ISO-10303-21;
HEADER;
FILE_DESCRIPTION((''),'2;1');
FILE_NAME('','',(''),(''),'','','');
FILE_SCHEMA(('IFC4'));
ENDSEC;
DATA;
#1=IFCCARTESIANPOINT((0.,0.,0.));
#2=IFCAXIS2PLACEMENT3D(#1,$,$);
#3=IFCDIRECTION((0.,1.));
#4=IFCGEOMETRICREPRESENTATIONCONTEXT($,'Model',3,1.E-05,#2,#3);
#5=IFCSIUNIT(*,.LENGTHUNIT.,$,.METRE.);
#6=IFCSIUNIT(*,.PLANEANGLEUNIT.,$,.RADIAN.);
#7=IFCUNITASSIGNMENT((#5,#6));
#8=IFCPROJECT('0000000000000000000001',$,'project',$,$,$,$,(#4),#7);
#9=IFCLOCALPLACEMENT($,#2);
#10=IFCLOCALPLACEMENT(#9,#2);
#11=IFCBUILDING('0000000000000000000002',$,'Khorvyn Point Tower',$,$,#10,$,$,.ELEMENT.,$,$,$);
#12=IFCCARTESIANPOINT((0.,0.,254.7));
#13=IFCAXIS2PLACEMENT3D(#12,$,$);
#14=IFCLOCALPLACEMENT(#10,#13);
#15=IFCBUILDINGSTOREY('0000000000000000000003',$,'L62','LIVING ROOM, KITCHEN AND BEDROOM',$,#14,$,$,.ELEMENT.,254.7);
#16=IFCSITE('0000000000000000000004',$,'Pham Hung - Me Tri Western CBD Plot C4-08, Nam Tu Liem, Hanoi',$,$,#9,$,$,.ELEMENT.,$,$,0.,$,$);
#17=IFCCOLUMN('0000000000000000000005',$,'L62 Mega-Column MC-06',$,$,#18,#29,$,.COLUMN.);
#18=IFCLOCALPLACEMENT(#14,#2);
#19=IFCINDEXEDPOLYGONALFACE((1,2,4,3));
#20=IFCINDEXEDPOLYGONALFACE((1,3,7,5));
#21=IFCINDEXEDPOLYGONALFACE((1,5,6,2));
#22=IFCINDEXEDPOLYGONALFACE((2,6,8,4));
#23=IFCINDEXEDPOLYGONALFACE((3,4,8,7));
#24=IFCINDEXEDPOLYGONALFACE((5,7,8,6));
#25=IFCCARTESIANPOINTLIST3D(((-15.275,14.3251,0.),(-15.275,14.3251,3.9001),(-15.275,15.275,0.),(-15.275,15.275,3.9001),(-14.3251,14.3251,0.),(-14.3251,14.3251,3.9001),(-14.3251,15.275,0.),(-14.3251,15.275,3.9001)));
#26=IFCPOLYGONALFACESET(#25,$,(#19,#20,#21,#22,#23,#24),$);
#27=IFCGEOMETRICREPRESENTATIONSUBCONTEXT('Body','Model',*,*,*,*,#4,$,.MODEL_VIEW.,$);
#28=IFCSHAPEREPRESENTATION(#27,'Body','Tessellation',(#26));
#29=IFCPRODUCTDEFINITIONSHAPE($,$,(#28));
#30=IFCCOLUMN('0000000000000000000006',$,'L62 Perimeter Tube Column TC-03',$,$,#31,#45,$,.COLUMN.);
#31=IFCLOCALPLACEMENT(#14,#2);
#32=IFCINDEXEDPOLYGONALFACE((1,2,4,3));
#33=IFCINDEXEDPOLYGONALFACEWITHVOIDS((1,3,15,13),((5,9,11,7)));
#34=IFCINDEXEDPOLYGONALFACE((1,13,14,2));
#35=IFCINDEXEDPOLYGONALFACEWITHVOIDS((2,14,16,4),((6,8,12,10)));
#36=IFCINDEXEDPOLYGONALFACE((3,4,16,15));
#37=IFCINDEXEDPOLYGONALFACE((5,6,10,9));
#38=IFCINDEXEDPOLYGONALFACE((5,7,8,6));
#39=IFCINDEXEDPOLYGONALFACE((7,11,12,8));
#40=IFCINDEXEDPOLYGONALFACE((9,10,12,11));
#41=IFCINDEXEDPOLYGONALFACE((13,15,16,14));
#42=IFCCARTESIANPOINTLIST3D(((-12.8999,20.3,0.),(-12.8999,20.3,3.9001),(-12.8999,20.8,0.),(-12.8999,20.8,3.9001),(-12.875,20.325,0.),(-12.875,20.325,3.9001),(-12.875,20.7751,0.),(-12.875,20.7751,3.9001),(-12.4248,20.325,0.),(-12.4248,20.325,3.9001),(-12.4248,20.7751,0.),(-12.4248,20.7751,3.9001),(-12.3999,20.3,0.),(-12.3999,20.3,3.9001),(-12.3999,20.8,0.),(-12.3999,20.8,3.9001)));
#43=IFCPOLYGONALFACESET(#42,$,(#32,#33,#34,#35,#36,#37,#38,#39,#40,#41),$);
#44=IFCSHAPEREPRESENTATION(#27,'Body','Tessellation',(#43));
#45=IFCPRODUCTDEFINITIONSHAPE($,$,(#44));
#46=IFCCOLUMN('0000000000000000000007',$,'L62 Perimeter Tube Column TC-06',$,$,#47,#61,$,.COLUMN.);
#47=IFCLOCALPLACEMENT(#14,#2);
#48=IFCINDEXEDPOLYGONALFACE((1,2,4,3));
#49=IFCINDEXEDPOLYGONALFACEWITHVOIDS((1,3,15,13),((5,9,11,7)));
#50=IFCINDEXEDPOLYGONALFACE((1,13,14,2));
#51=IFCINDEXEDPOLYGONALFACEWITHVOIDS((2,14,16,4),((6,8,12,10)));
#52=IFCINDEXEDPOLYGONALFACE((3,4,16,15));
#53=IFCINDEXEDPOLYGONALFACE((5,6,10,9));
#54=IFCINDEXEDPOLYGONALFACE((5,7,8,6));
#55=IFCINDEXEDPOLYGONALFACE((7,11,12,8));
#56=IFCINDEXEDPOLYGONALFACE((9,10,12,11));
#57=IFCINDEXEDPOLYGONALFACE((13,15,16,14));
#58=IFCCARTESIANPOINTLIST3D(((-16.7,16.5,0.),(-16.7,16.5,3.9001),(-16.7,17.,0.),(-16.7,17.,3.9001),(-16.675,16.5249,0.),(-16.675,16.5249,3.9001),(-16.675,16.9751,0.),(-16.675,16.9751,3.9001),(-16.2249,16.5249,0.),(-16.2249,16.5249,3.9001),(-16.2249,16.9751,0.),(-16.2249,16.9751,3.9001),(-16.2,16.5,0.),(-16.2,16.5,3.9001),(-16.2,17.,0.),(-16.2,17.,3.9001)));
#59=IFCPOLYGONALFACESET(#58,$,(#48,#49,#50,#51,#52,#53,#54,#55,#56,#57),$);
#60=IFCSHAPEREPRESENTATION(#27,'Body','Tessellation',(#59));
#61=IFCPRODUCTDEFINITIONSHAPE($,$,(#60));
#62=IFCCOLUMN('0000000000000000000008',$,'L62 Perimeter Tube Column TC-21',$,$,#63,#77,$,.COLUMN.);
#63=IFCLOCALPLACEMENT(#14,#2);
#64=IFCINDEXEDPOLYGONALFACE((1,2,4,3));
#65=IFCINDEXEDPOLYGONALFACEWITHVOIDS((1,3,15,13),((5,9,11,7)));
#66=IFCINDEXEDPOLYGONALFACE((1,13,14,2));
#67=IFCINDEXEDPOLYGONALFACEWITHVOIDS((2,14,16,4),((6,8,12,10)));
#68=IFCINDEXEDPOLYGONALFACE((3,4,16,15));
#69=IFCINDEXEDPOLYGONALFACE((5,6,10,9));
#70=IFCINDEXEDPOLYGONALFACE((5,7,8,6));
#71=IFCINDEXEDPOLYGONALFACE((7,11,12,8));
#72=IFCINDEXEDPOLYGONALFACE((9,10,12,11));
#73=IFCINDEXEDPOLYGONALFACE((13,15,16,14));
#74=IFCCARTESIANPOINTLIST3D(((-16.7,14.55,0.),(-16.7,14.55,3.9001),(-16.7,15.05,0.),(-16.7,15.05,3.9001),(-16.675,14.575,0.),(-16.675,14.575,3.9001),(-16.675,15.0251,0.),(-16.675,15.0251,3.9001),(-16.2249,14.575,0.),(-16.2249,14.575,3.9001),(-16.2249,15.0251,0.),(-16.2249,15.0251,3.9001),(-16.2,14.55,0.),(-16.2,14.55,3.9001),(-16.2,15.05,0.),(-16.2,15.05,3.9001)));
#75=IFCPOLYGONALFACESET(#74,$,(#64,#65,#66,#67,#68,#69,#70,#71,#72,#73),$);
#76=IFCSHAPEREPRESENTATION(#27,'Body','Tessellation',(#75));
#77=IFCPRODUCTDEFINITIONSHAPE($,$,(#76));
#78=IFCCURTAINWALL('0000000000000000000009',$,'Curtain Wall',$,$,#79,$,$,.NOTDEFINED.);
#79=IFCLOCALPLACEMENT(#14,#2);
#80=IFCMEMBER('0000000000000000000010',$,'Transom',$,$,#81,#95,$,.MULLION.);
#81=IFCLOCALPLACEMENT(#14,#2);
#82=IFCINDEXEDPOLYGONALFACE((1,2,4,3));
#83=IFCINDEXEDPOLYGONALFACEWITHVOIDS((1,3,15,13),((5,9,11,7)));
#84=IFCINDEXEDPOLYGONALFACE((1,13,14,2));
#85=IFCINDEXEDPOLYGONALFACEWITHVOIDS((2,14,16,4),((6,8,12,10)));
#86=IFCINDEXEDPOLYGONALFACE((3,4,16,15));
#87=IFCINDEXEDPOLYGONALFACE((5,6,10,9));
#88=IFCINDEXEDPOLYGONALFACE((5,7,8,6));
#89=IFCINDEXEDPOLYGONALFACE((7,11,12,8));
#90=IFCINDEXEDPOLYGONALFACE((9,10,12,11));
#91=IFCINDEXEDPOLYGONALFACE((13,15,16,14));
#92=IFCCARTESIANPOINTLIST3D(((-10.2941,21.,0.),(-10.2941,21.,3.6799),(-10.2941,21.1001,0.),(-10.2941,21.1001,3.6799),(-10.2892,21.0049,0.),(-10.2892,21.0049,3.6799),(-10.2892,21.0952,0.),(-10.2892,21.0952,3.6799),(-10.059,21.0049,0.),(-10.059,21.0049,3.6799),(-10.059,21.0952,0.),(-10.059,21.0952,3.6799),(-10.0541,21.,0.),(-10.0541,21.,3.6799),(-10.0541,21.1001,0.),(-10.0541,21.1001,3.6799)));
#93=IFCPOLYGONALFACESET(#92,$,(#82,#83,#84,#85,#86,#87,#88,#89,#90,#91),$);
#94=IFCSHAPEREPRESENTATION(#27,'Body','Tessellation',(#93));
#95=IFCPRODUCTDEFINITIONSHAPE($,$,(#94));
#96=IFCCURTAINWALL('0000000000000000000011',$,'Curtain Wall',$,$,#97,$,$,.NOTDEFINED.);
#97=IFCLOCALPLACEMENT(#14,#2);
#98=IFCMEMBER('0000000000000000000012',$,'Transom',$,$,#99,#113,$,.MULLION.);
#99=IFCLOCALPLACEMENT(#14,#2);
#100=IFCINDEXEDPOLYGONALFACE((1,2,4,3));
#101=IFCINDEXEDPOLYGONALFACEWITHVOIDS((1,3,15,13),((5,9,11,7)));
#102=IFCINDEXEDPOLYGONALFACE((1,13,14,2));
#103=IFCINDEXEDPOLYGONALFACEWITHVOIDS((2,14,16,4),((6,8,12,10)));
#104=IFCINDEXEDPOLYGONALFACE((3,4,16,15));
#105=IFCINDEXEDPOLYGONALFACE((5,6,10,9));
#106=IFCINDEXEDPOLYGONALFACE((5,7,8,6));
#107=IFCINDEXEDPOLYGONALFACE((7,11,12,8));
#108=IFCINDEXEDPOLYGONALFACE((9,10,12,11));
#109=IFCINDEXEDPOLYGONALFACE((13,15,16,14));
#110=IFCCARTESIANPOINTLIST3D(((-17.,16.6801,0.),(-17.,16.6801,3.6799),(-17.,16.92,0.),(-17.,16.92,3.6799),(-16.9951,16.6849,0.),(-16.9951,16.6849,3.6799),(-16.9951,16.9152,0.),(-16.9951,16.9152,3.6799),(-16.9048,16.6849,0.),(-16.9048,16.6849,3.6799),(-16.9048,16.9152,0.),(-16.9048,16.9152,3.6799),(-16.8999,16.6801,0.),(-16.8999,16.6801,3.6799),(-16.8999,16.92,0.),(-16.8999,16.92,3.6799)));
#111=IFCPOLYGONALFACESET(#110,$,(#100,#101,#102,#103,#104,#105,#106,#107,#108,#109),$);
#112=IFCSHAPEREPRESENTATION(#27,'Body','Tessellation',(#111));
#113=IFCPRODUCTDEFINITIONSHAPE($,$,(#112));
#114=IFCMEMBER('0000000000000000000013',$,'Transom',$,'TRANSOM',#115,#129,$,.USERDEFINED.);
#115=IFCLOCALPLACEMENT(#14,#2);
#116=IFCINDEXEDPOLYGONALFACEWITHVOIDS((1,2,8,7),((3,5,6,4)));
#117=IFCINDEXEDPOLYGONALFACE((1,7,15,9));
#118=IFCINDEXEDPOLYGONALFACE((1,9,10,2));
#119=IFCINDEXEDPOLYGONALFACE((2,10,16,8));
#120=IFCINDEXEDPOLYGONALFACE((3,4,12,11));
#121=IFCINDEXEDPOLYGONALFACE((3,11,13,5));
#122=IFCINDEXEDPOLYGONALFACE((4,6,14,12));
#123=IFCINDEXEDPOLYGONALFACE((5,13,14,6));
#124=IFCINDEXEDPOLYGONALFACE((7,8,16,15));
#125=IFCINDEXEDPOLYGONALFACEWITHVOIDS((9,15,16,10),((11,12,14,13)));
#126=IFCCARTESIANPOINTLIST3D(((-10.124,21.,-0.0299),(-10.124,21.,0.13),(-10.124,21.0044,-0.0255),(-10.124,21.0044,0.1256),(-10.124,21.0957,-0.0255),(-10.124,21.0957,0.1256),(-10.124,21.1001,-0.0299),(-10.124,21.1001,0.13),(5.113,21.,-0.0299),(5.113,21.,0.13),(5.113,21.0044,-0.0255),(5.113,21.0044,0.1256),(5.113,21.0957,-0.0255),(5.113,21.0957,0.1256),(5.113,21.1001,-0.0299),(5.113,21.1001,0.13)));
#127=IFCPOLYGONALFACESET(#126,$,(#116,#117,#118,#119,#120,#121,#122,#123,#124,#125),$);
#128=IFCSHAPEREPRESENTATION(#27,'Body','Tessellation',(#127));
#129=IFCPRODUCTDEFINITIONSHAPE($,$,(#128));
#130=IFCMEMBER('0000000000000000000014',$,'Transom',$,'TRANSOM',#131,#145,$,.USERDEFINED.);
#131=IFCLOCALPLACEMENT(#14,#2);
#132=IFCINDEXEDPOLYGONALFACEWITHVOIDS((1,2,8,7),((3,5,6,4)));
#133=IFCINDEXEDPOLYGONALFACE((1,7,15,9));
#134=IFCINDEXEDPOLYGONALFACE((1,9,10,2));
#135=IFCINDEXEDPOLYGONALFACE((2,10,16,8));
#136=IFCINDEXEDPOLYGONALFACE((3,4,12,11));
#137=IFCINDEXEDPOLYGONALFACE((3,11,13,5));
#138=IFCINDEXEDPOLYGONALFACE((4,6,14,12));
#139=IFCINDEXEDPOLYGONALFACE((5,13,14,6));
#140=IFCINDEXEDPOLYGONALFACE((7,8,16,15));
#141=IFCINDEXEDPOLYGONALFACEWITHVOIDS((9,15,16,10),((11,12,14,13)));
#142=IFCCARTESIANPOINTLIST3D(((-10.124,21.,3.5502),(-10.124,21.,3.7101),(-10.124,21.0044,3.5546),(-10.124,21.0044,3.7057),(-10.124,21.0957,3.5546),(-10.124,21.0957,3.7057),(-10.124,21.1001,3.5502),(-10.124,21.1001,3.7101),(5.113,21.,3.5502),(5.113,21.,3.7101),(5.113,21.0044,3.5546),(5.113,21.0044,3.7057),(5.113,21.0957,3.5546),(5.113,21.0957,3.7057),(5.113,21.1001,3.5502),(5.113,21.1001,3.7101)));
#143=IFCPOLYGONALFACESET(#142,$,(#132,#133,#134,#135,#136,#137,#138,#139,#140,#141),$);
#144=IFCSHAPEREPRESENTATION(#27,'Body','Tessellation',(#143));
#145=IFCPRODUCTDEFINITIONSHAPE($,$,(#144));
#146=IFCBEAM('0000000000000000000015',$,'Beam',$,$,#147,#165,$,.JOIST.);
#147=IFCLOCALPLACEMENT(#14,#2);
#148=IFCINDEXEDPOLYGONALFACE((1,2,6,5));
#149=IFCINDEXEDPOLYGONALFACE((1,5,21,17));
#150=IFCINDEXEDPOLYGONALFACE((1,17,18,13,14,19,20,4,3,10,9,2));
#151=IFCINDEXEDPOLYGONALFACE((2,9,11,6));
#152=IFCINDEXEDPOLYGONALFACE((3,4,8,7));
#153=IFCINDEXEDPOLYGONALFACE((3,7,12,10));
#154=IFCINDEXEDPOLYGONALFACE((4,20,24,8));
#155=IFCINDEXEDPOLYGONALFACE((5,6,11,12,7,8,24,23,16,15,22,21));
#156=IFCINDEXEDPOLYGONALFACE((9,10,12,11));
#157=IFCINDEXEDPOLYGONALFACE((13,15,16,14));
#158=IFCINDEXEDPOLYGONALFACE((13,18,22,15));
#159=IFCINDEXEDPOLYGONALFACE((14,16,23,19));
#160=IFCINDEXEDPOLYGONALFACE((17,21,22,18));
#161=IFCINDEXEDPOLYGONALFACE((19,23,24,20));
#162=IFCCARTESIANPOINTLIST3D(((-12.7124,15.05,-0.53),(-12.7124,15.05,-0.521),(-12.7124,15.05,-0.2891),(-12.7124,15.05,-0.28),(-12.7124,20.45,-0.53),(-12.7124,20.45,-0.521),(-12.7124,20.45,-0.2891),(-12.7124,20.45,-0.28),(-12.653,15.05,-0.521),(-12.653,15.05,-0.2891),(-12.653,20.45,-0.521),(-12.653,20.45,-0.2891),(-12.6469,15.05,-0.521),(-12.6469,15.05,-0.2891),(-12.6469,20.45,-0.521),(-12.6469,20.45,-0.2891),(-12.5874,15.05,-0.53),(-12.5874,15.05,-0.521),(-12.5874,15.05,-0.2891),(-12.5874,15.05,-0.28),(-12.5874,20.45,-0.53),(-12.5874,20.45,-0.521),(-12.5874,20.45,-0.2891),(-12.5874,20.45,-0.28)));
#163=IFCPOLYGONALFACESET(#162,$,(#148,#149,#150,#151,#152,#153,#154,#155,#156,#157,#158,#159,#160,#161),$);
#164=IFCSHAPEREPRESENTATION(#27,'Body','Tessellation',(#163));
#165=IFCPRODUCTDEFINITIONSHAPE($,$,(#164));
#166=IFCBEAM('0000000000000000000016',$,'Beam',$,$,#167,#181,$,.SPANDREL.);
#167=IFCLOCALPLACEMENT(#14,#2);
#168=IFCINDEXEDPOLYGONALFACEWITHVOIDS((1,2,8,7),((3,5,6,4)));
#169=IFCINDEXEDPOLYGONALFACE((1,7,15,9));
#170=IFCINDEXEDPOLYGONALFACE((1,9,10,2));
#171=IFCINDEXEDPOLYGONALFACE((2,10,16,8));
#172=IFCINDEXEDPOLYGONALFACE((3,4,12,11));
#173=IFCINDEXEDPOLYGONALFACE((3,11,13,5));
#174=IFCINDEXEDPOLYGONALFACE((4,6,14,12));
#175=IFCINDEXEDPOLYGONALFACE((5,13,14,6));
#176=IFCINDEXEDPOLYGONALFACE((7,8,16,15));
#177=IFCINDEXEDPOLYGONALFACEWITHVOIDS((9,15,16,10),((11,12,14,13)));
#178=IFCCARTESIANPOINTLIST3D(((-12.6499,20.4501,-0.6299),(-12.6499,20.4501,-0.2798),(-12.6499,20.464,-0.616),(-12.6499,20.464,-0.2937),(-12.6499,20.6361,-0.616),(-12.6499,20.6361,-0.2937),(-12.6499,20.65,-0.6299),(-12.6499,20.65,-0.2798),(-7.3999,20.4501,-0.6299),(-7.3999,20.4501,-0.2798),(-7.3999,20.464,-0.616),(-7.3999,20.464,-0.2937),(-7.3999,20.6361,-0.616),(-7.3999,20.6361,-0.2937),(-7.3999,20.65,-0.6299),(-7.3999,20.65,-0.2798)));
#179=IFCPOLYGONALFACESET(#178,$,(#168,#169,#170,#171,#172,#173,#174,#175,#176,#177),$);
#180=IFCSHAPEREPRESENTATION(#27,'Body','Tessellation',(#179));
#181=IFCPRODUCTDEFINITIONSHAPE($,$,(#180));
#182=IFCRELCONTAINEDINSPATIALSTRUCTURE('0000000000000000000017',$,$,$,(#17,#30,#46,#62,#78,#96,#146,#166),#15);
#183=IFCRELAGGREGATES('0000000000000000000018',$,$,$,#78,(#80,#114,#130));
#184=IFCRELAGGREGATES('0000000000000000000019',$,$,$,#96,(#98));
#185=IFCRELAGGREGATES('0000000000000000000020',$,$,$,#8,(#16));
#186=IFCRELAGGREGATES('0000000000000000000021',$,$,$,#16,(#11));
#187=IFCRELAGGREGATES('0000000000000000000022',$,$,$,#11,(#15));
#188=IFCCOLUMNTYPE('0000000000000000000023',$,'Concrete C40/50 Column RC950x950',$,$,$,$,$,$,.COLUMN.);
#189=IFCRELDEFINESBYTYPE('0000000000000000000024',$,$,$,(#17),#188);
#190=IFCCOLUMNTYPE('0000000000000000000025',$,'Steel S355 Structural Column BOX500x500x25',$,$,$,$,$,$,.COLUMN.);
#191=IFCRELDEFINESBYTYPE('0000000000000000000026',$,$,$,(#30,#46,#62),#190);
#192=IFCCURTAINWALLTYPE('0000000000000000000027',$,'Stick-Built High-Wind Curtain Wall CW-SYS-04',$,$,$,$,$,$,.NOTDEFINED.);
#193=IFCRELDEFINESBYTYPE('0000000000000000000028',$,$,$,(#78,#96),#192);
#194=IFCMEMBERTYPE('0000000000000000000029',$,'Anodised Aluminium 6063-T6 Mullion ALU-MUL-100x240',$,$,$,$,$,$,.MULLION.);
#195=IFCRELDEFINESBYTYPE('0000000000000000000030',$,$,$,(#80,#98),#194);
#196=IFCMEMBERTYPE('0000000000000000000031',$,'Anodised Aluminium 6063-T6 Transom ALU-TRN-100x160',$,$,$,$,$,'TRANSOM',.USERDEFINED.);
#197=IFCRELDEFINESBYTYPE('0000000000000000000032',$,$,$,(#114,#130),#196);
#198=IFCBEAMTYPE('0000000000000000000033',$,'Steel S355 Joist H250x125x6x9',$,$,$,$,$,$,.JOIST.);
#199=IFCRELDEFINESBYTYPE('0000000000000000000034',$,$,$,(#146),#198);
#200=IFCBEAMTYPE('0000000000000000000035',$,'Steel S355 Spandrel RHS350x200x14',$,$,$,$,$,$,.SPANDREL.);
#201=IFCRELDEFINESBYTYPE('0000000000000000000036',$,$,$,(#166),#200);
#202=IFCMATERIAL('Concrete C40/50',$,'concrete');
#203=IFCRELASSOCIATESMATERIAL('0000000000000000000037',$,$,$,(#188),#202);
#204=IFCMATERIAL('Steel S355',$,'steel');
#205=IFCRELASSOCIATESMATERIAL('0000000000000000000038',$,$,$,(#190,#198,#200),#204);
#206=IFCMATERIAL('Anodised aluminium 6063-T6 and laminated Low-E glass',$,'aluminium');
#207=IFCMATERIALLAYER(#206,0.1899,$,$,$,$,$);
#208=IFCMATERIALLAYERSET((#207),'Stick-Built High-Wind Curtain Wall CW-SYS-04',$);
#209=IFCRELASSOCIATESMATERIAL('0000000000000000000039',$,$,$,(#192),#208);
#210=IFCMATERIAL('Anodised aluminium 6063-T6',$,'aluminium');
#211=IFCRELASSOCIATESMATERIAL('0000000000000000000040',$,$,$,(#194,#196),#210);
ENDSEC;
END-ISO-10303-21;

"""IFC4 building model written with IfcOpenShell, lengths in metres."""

from ifc_helpers import new_model, si_unit, direction, frame, origin, origin_2d, place, context, subcontext, project, spatial, rectangle, hollow_rectangle, i_section, extrude, material, layer, layer_set, material_profile, profile_set, type_object, element, aggregate, save


model = new_model("IFC4")

# Units and contexts
model_context = context("Model", 3, precision=1e-05, world=origin(), true_north=direction((0.0, 1.0)))
body_context = subcontext(model_context, "Body", "Model", "MODEL_VIEW")
ifc_project = project(units=[si_unit("LENGTHUNIT", "METRE"), si_unit("PLANEANGLEUNIT", "RADIAN")], contexts=[model_context])

# Site, building, storey
site_placement = place(None, origin())
site = spatial("IfcSite", under=ifc_project, at=site_placement, Name="Pham Hung - Me Tri Western CBD Plot C4-08, Nam Tu Liem, Hanoi", CompositionType="ELEMENT", RefElevation=0.0)
building_placement = place(site_placement, origin())
building = spatial("IfcBuilding", under=site, at=building_placement, Name="Khorvyn Point Tower", CompositionType="ELEMENT")
storey_placement = place(building_placement, frame((0.0, 0.0, 254.7)))
storey = spatial("IfcBuildingStorey", under=building, at=storey_placement, Name="L62", Description="LIVING ROOM, KITCHEN AND BEDROOM", CompositionType="ELEMENT", Elevation=254.7)

# Columns
ifc_material_1 = material(Name="Concrete C40/50", Category="concrete")
ifc_material_profile_1 = material_profile(ifc_material_1, rectangle(XDim=0.95, YDim=0.95, at=origin_2d()))
ifc_profile_set_1 = profile_set([ifc_material_profile_1], Name="Concrete C40/50 RC950x950")
column_type_1 = type_object("IfcColumnType", Name="Concrete C40/50 Column RC950x950", PredefinedType="COLUMN", material=ifc_profile_set_1)
column_placement = place(storey_placement, frame((-14.8, 14.8, 0.0), z_axis=(0.0, 0.0, 1.0), x_axis=(1.0, 0.0, 0.0)))
element("IfcColumn", 1, at=column_placement, inside=storey, type_object=column_type_1, Name="L62 Mega-Column MC-06", PredefinedType="COLUMN", context=body_context, shape_type="SweptSolid", body=[
    extrude(rectangle(XDim=0.95, YDim=0.95, at=origin_2d()), origin(), (0.0, 0.0, 1.0), 3.9001),
])
ifc_material_2 = material(Name="Steel S355", Category="steel")
ifc_material_profile_2 = material_profile(ifc_material_2, hollow_rectangle(XDim=0.5, YDim=0.5, WallThickness=0.0249, at=origin_2d()))
ifc_profile_set_2 = profile_set([ifc_material_profile_2], Name="Steel S355 BOX500x500x25")
column_type_2 = type_object("IfcColumnType", Name="Steel S355 Structural Column BOX500x500x25", PredefinedType="COLUMN", material=ifc_profile_set_2)
for number, where, z_axis, x_axis, name in (
    (2, (-12.6499, 20.55, 0.0), (0.0, 0.0, 1.0), (1.0, 0.0, 0.0), "L62 Perimeter Tube Column TC-03"),
    (3, (-16.45, 16.75, 0.0), (0.0, 0.0, 1.0), (1.0, 0.0, 0.0), "L62 Perimeter Tube Column TC-06"),
    (4, (-16.45, 14.8, 0.0), (0.0, 0.0, 1.0), (1.0, 0.0, 0.0), "L62 Perimeter Tube Column TC-21"),
):
    element("IfcColumn", number, at=place(storey_placement, frame(where, z_axis=z_axis, x_axis=x_axis)), inside=storey, type_object=column_type_2, Name=name, PredefinedType="COLUMN", context=body_context, shape_type="SweptSolid", body=[
        extrude(hollow_rectangle(XDim=0.5, YDim=0.5, WallThickness=0.0249, at=origin_2d()), origin(), (0.0, 0.0, 1.0), 3.9001),
    ])

# Curtain walls, members
ifc_material_3 = material(Name="Anodised aluminium 6063-T6 and laminated Low-E glass", Category="aluminium")
ifc_layer_1 = layer(ifc_material_3, 0.1899)
ifc_layer_set_1 = layer_set([ifc_layer_1], Name="Stick-Built High-Wind Curtain Wall CW-SYS-04")
curtain_wall_type = type_object("IfcCurtainWallType", Name="Stick-Built High-Wind Curtain Wall CW-SYS-04", PredefinedType="NOTDEFINED", material=ifc_layer_set_1)
curtain_wall_1_placement = place(storey_placement, origin())
curtain_wall_1 = element("IfcCurtainWall", 5, at=curtain_wall_1_placement, inside=storey, type_object=curtain_wall_type, Name="Curtain Wall", PredefinedType="NOTDEFINED")
ifc_material_4 = material(Name="Anodised aluminium 6063-T6", Category="aluminium")
ifc_material_profile_3 = material_profile(ifc_material_4, hollow_rectangle(XDim=0.1001, YDim=0.24, WallThickness=0.0049, at=origin_2d()))
ifc_profile_set_3 = profile_set([ifc_material_profile_3], Name="Anodised aluminium 6063-T6 ALU-MUL-100x240")
member_type_1 = type_object("IfcMemberType", Name="Anodised Aluminium 6063-T6 Mullion ALU-MUL-100x240", PredefinedType="MULLION", material=ifc_profile_set_3)
member_1_placement = place(storey_placement, frame((-10.1741, 21.05, 0.0), z_axis=(0.0, 0.0, 1.0), x_axis=(0.0, 1.0, 0.0)))
member_1 = element("IfcMember", 6, at=member_1_placement, type_object=member_type_1, Name="Transom", PredefinedType="MULLION", context=body_context, shape_type="SweptSolid", body=[
    extrude(hollow_rectangle(XDim=0.1001, YDim=0.24, WallThickness=0.0049, at=origin_2d()), origin(), (0.0, 0.0, 1.0), 3.6799),
])
curtain_wall_2_placement = place(storey_placement, origin())
curtain_wall_2 = element("IfcCurtainWall", 7, at=curtain_wall_2_placement, inside=storey, type_object=curtain_wall_type, Name="Curtain Wall", PredefinedType="NOTDEFINED")
member_2_placement = place(storey_placement, frame((-16.95, 16.8, 0.0), z_axis=(0.0, 0.0, 1.0), x_axis=(-1.0, 0.0, 0.0)))
member_2 = element("IfcMember", 8, at=member_2_placement, type_object=member_type_1, Name="Transom", PredefinedType="MULLION", context=body_context, shape_type="SweptSolid", body=[
    extrude(hollow_rectangle(XDim=0.1001, YDim=0.24, WallThickness=0.0049, at=origin_2d()), origin(), (0.0, 0.0, 1.0), 3.6799),
])

# Members
ifc_material_profile_4 = material_profile(ifc_material_4, hollow_rectangle(XDim=0.1001, YDim=0.1599, WallThickness=0.0044, at=origin_2d()))
ifc_profile_set_4 = profile_set([ifc_material_profile_4], Name="Anodised aluminium 6063-T6 ALU-TRN-100x160")
member_type_2 = type_object("IfcMemberType", Name="Anodised Aluminium 6063-T6 Transom ALU-TRN-100x160", ElementType="TRANSOM", PredefinedType="USERDEFINED", material=ifc_profile_set_4)
member_3_placement = place(storey_placement, frame((-10.124, 21.05, 0.05), z_axis=(1.0, 0.0, 0.0), x_axis=(0.0, 1.0, 0.0)))
member_3 = element("IfcMember", 9, at=member_3_placement, type_object=member_type_2, Name="Transom", ObjectType="TRANSOM", PredefinedType="USERDEFINED", context=body_context, shape_type="SweptSolid", body=[
    extrude(hollow_rectangle(XDim=0.1001, YDim=0.1599, WallThickness=0.0044, at=origin_2d()), origin(), (0.0, 0.0, 1.0), 15.2371),
])
member_4_placement = place(storey_placement, frame((-10.124, 21.05, 3.6301), z_axis=(1.0, 0.0, 0.0), x_axis=(0.0, 1.0, 0.0)))
member_4 = element("IfcMember", 10, at=member_4_placement, type_object=member_type_2, Name="Transom", ObjectType="TRANSOM", PredefinedType="USERDEFINED", context=body_context, shape_type="SweptSolid", body=[
    extrude(hollow_rectangle(XDim=0.1001, YDim=0.1599, WallThickness=0.0044, at=origin_2d()), origin(), (0.0, 0.0, 1.0), 15.2371),
])
aggregate(curtain_wall_1, [member_1, member_3, member_4])

# Beams
ifc_material_profile_5 = material_profile(ifc_material_2, i_section(OverallWidth=0.125, OverallDepth=0.25, WebThickness=0.0061, FlangeThickness=0.009, at=origin_2d()))
ifc_profile_set_5 = profile_set([ifc_material_profile_5], Name="Steel S355 H250x125x6x9")
beam_type_1 = type_object("IfcBeamType", Name="Steel S355 Joist H250x125x6x9", PredefinedType="JOIST", material=ifc_profile_set_5)
beam_1_placement = place(storey_placement, frame((-12.6499, 15.05, -0.405), z_axis=(0.0, 1.0, 0.0), x_axis=(-1.0, 0.0, 0.0)))
element("IfcBeam", 11, at=beam_1_placement, inside=storey, type_object=beam_type_1, Name="Beam", PredefinedType="JOIST", context=body_context, shape_type="SweptSolid", body=[
    extrude(i_section(OverallWidth=0.125, OverallDepth=0.25, WebThickness=0.0061, FlangeThickness=0.009, at=origin_2d()), origin(), (0.0, 0.0, 1.0), 5.3999),
])
ifc_material_profile_6 = material_profile(ifc_material_2, hollow_rectangle(XDim=0.2, YDim=0.3501, WallThickness=0.0139, at=origin_2d()))
ifc_profile_set_6 = profile_set([ifc_material_profile_6], Name="Steel S355 RHS350x200x14")
beam_type_2 = type_object("IfcBeamType", Name="Steel S355 Spandrel RHS350x200x14", PredefinedType="SPANDREL", material=ifc_profile_set_6)
beam_2_placement = place(storey_placement, frame((-12.6499, 20.55, -0.4548), z_axis=(1.0, 0.0, 0.0), x_axis=(0.0, 1.0, 0.0)))
element("IfcBeam", 12, at=beam_2_placement, inside=storey, type_object=beam_type_2, Name="Beam", PredefinedType="SPANDREL", context=body_context, shape_type="SweptSolid", body=[
    extrude(hollow_rectangle(XDim=0.2, YDim=0.3501, WallThickness=0.0139, at=origin_2d()), origin(), (0.0, 0.0, 1.0), 5.25),
])

aggregate(curtain_wall_2, [member_2])

save(model, "model.ifc")
